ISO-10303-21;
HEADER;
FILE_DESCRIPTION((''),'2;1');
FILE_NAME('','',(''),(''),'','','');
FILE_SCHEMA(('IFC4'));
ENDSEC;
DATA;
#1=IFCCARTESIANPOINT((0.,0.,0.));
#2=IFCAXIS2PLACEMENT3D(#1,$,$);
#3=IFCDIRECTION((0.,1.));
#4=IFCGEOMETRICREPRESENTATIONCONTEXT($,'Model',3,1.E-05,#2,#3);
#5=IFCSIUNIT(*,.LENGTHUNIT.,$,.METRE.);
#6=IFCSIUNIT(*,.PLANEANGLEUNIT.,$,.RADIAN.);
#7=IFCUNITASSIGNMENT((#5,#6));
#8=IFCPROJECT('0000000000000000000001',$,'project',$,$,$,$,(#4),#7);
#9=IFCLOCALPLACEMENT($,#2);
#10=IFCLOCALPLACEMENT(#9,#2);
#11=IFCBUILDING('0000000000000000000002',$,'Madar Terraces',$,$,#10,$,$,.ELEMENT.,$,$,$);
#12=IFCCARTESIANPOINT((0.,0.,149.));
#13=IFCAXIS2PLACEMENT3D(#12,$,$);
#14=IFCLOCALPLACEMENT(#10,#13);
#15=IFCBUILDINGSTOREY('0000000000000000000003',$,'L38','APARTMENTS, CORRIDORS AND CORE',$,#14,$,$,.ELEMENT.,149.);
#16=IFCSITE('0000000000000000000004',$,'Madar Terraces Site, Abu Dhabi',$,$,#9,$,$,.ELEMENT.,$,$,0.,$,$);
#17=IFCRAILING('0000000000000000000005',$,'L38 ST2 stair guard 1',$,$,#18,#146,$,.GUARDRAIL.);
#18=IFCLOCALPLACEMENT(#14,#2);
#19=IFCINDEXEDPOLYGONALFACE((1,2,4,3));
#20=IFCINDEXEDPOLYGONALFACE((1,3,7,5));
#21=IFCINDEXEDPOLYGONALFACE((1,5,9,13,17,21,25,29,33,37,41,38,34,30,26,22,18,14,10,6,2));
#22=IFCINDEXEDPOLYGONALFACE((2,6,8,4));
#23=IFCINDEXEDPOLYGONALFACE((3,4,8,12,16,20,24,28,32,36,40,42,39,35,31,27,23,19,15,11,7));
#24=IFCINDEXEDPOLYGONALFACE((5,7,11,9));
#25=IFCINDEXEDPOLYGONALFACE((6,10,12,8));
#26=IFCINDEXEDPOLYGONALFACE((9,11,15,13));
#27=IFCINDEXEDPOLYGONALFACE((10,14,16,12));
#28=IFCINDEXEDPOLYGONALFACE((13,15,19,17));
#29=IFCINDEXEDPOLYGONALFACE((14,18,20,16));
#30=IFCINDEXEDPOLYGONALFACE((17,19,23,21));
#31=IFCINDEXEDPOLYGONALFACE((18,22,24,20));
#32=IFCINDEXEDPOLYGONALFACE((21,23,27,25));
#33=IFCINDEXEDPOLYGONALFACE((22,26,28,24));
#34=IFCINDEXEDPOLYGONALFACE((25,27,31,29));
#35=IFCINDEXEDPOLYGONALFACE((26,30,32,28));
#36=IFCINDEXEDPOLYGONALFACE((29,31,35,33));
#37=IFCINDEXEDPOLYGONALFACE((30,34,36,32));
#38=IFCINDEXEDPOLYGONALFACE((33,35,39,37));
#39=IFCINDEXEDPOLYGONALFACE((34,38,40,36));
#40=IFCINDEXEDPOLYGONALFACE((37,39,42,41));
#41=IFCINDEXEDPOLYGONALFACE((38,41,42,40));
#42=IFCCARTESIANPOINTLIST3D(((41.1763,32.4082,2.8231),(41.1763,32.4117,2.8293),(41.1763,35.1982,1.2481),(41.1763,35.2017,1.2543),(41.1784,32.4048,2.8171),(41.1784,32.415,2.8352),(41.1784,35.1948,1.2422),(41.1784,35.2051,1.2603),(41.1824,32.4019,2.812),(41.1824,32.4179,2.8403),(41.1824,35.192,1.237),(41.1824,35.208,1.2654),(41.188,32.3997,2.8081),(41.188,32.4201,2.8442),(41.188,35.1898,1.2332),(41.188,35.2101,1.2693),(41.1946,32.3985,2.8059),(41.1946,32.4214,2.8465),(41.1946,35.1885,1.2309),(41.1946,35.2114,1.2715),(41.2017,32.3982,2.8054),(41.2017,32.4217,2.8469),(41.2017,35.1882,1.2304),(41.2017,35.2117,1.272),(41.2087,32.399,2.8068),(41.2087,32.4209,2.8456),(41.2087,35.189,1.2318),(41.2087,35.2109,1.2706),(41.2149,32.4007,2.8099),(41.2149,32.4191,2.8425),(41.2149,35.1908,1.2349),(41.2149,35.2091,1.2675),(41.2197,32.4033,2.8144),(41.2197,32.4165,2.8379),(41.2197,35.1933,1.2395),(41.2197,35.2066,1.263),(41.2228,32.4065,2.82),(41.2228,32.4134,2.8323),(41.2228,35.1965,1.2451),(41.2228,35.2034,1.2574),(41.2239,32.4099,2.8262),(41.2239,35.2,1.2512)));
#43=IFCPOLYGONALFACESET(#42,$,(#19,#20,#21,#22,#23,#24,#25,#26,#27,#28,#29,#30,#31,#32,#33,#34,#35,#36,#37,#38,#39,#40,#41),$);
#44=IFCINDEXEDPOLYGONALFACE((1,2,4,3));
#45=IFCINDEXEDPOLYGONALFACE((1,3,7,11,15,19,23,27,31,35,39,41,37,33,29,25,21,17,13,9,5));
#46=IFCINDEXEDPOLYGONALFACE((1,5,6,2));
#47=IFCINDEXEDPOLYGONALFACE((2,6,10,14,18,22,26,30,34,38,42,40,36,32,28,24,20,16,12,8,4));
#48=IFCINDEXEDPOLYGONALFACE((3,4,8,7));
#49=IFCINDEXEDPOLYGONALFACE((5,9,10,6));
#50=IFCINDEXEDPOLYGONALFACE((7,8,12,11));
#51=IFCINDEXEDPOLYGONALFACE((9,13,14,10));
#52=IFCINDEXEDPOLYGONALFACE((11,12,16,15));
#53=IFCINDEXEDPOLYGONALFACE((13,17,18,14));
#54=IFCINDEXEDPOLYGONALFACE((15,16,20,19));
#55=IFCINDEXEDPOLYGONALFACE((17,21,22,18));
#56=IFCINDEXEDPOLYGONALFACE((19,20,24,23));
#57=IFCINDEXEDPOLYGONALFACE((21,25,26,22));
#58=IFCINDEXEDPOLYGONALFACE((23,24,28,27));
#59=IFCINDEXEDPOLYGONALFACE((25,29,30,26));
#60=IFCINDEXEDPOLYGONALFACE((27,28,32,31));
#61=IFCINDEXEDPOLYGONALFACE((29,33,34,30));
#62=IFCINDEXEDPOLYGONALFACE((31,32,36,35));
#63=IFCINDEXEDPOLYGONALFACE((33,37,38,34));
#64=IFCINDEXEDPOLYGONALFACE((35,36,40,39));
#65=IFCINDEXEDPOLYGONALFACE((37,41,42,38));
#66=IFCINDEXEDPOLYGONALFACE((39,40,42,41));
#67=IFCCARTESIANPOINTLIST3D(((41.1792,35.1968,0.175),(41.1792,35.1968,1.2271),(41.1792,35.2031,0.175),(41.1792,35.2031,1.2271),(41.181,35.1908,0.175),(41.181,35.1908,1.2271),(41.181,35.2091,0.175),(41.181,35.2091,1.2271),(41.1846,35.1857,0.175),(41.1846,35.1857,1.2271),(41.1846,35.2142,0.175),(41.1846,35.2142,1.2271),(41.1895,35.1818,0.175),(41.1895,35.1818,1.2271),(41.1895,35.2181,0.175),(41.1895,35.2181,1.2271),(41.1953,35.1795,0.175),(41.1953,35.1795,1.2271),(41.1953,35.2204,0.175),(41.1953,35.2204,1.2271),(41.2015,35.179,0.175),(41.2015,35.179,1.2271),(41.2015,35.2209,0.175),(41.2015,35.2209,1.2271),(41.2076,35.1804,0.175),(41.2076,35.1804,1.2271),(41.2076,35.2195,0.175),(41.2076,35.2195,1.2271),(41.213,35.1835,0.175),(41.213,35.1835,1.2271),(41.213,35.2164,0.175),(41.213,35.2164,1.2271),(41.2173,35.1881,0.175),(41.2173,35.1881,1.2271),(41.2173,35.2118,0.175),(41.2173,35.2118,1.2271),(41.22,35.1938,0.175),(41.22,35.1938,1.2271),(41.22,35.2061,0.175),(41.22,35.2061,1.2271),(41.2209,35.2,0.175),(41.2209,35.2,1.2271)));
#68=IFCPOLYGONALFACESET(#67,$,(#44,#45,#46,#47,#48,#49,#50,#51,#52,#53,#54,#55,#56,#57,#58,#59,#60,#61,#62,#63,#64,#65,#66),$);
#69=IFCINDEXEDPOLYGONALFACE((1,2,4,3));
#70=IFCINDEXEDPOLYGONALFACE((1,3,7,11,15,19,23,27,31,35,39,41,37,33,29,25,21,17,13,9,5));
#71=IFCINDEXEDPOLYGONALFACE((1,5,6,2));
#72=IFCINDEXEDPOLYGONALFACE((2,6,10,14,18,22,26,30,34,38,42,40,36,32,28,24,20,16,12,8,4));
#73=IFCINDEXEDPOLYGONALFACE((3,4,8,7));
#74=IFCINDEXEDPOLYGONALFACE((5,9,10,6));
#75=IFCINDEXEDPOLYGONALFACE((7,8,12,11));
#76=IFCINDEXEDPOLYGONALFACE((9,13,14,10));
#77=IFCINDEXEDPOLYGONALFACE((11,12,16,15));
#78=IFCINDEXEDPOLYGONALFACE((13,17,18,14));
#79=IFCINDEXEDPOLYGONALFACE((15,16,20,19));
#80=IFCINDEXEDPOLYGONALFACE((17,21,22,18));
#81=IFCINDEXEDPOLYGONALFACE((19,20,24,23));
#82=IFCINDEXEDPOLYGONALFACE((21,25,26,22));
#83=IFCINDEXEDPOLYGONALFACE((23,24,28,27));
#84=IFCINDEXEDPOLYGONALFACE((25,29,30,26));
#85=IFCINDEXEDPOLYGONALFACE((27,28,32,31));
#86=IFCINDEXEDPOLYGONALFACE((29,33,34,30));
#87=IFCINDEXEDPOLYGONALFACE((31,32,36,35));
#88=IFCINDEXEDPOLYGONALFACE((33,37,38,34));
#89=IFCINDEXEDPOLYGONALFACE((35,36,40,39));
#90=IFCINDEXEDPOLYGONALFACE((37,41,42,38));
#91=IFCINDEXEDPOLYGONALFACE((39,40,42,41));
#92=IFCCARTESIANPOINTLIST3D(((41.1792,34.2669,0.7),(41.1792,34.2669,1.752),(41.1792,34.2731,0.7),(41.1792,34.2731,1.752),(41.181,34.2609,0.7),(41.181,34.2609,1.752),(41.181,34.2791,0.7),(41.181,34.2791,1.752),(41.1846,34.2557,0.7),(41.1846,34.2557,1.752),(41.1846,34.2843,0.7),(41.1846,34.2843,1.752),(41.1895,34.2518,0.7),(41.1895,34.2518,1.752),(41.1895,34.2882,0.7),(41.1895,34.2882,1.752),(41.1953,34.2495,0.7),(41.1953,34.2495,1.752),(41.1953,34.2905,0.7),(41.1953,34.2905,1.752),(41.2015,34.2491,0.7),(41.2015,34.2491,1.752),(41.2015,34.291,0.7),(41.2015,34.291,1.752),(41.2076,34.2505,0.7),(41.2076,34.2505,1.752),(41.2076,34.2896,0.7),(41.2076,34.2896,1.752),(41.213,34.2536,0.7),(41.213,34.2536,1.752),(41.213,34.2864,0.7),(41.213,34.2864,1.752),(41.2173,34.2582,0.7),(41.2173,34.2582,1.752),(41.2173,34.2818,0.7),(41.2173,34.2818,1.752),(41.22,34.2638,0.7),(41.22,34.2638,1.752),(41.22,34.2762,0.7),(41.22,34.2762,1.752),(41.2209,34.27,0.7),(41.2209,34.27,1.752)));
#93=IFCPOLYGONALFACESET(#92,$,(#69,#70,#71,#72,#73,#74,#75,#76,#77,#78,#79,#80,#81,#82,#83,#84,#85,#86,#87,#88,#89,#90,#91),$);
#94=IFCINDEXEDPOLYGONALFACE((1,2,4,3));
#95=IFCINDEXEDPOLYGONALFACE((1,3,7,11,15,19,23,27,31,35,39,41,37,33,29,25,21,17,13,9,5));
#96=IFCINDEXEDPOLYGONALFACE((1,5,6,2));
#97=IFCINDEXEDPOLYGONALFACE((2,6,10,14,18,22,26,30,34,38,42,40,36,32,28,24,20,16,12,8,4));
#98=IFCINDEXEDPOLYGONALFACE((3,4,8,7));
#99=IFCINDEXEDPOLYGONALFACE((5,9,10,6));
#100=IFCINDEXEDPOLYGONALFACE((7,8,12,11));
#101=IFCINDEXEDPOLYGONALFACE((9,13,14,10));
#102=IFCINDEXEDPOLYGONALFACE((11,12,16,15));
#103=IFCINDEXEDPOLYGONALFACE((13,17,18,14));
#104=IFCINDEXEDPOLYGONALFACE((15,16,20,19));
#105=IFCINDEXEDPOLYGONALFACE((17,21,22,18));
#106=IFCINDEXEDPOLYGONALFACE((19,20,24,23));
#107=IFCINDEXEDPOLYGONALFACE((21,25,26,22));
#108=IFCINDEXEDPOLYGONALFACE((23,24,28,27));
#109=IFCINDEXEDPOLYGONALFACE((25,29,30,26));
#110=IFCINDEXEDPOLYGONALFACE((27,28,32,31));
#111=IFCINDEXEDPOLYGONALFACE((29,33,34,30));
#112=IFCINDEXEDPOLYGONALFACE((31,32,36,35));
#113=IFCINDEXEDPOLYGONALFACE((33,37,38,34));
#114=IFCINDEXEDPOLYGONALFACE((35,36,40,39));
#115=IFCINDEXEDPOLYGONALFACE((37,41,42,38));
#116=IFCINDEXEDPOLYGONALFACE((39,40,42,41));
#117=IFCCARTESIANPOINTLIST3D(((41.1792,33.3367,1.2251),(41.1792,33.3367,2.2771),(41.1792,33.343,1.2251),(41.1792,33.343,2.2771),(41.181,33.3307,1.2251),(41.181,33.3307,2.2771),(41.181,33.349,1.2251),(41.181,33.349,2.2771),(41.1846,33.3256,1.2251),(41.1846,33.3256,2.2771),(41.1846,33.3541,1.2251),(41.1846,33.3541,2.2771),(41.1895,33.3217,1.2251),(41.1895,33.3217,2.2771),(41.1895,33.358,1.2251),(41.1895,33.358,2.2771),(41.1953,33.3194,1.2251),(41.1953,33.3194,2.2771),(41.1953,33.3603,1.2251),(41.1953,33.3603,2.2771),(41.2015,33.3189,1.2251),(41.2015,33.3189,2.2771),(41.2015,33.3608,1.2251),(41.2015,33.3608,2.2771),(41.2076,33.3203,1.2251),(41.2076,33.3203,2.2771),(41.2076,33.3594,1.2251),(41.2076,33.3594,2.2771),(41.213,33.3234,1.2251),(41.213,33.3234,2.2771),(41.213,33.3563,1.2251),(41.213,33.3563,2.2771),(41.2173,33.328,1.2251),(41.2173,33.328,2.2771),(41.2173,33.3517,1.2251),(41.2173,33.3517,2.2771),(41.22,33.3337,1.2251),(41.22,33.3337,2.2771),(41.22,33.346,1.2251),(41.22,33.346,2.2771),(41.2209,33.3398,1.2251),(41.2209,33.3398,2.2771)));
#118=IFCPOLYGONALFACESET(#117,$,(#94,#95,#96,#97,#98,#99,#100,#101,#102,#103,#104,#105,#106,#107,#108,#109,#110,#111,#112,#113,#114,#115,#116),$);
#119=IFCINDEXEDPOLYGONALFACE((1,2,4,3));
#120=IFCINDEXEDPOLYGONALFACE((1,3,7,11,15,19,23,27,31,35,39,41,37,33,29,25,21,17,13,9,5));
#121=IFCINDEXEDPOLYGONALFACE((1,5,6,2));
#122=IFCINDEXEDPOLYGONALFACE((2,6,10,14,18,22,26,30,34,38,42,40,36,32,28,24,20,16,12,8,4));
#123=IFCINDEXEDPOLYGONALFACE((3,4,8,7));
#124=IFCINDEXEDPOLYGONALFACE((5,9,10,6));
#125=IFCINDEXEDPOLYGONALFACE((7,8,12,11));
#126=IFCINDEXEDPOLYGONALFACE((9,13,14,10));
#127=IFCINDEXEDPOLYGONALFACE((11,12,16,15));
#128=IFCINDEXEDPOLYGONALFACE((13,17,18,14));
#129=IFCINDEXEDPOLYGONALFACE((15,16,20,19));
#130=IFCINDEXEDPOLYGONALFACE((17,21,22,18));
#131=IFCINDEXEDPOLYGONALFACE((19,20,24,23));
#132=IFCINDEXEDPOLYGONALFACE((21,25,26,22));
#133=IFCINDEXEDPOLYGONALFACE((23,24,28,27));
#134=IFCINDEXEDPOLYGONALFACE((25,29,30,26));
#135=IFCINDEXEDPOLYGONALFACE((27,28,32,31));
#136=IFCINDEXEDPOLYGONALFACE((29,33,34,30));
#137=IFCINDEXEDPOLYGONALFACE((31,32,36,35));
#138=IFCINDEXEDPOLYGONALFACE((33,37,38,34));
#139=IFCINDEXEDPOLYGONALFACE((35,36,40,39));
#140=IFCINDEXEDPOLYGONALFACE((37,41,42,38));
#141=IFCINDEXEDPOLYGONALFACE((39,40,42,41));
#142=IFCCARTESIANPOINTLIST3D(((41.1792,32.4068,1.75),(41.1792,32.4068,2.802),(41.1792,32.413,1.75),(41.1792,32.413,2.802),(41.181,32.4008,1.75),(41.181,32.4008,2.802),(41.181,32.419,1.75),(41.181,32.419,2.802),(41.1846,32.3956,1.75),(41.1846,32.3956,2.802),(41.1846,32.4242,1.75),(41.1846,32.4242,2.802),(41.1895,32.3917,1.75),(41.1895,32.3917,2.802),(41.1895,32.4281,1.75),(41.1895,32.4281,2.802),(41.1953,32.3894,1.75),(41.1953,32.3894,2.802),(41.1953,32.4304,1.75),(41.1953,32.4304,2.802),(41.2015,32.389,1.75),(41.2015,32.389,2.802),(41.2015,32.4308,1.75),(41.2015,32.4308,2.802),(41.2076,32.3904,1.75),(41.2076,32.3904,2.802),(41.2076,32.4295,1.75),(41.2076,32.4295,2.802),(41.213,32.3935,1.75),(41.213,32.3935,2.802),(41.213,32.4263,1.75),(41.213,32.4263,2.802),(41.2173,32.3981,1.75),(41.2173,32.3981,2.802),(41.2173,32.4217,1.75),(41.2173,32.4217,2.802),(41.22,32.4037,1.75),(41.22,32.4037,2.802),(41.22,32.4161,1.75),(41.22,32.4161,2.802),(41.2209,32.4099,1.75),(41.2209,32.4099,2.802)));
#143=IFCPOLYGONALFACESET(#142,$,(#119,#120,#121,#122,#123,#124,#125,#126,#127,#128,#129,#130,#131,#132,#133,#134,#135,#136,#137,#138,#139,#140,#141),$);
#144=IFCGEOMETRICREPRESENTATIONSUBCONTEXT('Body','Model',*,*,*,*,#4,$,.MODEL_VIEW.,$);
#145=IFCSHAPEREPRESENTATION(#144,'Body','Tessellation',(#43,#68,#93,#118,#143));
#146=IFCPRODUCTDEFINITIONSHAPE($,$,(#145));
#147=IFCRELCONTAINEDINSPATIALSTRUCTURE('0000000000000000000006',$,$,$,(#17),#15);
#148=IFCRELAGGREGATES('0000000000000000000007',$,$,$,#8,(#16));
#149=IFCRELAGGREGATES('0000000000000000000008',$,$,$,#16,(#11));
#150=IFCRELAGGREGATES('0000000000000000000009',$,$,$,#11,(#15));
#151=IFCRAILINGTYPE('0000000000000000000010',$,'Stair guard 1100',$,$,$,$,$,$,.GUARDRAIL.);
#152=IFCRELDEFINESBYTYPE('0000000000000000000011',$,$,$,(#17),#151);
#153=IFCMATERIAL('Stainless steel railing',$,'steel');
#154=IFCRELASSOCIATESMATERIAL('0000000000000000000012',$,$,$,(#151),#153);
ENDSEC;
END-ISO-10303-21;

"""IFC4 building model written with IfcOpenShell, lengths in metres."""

from ifc_helpers import new_model, si_unit, direction, frame, origin, origin_2d, place, context, subcontext, project, spatial, circle, extrude, material, type_object, element, save


model = new_model("IFC4")

# Units and contexts
model_context = context("Model", 3, precision=1e-05, world=origin(), true_north=direction((0.0, 1.0)))
body_context = subcontext(model_context, "Body", "Model", "MODEL_VIEW")
ifc_project = project(units=[si_unit("LENGTHUNIT", "METRE"), si_unit("PLANEANGLEUNIT", "RADIAN")], contexts=[model_context])

# Site, building, storey
site_placement = place(None, origin())
site = spatial("IfcSite", under=ifc_project, at=site_placement, Name="Madar Terraces Site, Abu Dhabi", CompositionType="ELEMENT", RefElevation=0.0)
building_placement = place(site_placement, origin())
building = spatial("IfcBuilding", under=site, at=building_placement, Name="Madar Terraces", CompositionType="ELEMENT")
storey_placement = place(building_placement, frame((0.0, 0.0, 149.0)))
storey = spatial("IfcBuildingStorey", under=building, at=storey_placement, Name="L38", Description="APARTMENTS, CORRIDORS AND CORE", CompositionType="ELEMENT", Elevation=149.0)

# Railing
ifc_material_1 = material(Name="Stainless steel railing", Category="steel")
railing_type_1 = type_object("IfcRailingType", Name="Stair guard 1100", PredefinedType="GUARDRAIL", material=ifc_material_1)
railing_1_placement = place(storey_placement, frame((41.2, 35.2, 0.175)))
element("IfcRailing", 1, at=railing_1_placement, inside=storey, type_object=railing_type_1, Name="L38 ST2 stair guard 1", PredefinedType="GUARDRAIL", context=body_context, shape_type="SweptSolid", body=[
    extrude(circle(Radius=0.0239, at=origin_2d()), frame((0.0, 0.0, 1.0762), z_axis=(0.0, -0.870834, 0.491578), x_axis=(1.0, 0.0, 0.0)), (0.0, 0.0, 1.0), 3.2039),
    extrude(circle(Radius=0.021, at=origin_2d()), origin(), (0.0, 0.0, 1.0), 1.052),
    extrude(circle(Radius=0.021, at=origin_2d()), frame((0.0, -0.9299, 0.5249)), (0.0, 0.0, 1.0), 1.052),
    extrude(circle(Radius=0.021, at=origin_2d()), frame((0.0, -1.8601, 1.05)), (0.0, 0.0, 1.0), 1.052),
    extrude(circle(Radius=0.021, at=origin_2d()), frame((0.0, -2.79, 1.575)), (0.0, 0.0, 1.0), 1.052),
])

save(model, "model.ifc")
